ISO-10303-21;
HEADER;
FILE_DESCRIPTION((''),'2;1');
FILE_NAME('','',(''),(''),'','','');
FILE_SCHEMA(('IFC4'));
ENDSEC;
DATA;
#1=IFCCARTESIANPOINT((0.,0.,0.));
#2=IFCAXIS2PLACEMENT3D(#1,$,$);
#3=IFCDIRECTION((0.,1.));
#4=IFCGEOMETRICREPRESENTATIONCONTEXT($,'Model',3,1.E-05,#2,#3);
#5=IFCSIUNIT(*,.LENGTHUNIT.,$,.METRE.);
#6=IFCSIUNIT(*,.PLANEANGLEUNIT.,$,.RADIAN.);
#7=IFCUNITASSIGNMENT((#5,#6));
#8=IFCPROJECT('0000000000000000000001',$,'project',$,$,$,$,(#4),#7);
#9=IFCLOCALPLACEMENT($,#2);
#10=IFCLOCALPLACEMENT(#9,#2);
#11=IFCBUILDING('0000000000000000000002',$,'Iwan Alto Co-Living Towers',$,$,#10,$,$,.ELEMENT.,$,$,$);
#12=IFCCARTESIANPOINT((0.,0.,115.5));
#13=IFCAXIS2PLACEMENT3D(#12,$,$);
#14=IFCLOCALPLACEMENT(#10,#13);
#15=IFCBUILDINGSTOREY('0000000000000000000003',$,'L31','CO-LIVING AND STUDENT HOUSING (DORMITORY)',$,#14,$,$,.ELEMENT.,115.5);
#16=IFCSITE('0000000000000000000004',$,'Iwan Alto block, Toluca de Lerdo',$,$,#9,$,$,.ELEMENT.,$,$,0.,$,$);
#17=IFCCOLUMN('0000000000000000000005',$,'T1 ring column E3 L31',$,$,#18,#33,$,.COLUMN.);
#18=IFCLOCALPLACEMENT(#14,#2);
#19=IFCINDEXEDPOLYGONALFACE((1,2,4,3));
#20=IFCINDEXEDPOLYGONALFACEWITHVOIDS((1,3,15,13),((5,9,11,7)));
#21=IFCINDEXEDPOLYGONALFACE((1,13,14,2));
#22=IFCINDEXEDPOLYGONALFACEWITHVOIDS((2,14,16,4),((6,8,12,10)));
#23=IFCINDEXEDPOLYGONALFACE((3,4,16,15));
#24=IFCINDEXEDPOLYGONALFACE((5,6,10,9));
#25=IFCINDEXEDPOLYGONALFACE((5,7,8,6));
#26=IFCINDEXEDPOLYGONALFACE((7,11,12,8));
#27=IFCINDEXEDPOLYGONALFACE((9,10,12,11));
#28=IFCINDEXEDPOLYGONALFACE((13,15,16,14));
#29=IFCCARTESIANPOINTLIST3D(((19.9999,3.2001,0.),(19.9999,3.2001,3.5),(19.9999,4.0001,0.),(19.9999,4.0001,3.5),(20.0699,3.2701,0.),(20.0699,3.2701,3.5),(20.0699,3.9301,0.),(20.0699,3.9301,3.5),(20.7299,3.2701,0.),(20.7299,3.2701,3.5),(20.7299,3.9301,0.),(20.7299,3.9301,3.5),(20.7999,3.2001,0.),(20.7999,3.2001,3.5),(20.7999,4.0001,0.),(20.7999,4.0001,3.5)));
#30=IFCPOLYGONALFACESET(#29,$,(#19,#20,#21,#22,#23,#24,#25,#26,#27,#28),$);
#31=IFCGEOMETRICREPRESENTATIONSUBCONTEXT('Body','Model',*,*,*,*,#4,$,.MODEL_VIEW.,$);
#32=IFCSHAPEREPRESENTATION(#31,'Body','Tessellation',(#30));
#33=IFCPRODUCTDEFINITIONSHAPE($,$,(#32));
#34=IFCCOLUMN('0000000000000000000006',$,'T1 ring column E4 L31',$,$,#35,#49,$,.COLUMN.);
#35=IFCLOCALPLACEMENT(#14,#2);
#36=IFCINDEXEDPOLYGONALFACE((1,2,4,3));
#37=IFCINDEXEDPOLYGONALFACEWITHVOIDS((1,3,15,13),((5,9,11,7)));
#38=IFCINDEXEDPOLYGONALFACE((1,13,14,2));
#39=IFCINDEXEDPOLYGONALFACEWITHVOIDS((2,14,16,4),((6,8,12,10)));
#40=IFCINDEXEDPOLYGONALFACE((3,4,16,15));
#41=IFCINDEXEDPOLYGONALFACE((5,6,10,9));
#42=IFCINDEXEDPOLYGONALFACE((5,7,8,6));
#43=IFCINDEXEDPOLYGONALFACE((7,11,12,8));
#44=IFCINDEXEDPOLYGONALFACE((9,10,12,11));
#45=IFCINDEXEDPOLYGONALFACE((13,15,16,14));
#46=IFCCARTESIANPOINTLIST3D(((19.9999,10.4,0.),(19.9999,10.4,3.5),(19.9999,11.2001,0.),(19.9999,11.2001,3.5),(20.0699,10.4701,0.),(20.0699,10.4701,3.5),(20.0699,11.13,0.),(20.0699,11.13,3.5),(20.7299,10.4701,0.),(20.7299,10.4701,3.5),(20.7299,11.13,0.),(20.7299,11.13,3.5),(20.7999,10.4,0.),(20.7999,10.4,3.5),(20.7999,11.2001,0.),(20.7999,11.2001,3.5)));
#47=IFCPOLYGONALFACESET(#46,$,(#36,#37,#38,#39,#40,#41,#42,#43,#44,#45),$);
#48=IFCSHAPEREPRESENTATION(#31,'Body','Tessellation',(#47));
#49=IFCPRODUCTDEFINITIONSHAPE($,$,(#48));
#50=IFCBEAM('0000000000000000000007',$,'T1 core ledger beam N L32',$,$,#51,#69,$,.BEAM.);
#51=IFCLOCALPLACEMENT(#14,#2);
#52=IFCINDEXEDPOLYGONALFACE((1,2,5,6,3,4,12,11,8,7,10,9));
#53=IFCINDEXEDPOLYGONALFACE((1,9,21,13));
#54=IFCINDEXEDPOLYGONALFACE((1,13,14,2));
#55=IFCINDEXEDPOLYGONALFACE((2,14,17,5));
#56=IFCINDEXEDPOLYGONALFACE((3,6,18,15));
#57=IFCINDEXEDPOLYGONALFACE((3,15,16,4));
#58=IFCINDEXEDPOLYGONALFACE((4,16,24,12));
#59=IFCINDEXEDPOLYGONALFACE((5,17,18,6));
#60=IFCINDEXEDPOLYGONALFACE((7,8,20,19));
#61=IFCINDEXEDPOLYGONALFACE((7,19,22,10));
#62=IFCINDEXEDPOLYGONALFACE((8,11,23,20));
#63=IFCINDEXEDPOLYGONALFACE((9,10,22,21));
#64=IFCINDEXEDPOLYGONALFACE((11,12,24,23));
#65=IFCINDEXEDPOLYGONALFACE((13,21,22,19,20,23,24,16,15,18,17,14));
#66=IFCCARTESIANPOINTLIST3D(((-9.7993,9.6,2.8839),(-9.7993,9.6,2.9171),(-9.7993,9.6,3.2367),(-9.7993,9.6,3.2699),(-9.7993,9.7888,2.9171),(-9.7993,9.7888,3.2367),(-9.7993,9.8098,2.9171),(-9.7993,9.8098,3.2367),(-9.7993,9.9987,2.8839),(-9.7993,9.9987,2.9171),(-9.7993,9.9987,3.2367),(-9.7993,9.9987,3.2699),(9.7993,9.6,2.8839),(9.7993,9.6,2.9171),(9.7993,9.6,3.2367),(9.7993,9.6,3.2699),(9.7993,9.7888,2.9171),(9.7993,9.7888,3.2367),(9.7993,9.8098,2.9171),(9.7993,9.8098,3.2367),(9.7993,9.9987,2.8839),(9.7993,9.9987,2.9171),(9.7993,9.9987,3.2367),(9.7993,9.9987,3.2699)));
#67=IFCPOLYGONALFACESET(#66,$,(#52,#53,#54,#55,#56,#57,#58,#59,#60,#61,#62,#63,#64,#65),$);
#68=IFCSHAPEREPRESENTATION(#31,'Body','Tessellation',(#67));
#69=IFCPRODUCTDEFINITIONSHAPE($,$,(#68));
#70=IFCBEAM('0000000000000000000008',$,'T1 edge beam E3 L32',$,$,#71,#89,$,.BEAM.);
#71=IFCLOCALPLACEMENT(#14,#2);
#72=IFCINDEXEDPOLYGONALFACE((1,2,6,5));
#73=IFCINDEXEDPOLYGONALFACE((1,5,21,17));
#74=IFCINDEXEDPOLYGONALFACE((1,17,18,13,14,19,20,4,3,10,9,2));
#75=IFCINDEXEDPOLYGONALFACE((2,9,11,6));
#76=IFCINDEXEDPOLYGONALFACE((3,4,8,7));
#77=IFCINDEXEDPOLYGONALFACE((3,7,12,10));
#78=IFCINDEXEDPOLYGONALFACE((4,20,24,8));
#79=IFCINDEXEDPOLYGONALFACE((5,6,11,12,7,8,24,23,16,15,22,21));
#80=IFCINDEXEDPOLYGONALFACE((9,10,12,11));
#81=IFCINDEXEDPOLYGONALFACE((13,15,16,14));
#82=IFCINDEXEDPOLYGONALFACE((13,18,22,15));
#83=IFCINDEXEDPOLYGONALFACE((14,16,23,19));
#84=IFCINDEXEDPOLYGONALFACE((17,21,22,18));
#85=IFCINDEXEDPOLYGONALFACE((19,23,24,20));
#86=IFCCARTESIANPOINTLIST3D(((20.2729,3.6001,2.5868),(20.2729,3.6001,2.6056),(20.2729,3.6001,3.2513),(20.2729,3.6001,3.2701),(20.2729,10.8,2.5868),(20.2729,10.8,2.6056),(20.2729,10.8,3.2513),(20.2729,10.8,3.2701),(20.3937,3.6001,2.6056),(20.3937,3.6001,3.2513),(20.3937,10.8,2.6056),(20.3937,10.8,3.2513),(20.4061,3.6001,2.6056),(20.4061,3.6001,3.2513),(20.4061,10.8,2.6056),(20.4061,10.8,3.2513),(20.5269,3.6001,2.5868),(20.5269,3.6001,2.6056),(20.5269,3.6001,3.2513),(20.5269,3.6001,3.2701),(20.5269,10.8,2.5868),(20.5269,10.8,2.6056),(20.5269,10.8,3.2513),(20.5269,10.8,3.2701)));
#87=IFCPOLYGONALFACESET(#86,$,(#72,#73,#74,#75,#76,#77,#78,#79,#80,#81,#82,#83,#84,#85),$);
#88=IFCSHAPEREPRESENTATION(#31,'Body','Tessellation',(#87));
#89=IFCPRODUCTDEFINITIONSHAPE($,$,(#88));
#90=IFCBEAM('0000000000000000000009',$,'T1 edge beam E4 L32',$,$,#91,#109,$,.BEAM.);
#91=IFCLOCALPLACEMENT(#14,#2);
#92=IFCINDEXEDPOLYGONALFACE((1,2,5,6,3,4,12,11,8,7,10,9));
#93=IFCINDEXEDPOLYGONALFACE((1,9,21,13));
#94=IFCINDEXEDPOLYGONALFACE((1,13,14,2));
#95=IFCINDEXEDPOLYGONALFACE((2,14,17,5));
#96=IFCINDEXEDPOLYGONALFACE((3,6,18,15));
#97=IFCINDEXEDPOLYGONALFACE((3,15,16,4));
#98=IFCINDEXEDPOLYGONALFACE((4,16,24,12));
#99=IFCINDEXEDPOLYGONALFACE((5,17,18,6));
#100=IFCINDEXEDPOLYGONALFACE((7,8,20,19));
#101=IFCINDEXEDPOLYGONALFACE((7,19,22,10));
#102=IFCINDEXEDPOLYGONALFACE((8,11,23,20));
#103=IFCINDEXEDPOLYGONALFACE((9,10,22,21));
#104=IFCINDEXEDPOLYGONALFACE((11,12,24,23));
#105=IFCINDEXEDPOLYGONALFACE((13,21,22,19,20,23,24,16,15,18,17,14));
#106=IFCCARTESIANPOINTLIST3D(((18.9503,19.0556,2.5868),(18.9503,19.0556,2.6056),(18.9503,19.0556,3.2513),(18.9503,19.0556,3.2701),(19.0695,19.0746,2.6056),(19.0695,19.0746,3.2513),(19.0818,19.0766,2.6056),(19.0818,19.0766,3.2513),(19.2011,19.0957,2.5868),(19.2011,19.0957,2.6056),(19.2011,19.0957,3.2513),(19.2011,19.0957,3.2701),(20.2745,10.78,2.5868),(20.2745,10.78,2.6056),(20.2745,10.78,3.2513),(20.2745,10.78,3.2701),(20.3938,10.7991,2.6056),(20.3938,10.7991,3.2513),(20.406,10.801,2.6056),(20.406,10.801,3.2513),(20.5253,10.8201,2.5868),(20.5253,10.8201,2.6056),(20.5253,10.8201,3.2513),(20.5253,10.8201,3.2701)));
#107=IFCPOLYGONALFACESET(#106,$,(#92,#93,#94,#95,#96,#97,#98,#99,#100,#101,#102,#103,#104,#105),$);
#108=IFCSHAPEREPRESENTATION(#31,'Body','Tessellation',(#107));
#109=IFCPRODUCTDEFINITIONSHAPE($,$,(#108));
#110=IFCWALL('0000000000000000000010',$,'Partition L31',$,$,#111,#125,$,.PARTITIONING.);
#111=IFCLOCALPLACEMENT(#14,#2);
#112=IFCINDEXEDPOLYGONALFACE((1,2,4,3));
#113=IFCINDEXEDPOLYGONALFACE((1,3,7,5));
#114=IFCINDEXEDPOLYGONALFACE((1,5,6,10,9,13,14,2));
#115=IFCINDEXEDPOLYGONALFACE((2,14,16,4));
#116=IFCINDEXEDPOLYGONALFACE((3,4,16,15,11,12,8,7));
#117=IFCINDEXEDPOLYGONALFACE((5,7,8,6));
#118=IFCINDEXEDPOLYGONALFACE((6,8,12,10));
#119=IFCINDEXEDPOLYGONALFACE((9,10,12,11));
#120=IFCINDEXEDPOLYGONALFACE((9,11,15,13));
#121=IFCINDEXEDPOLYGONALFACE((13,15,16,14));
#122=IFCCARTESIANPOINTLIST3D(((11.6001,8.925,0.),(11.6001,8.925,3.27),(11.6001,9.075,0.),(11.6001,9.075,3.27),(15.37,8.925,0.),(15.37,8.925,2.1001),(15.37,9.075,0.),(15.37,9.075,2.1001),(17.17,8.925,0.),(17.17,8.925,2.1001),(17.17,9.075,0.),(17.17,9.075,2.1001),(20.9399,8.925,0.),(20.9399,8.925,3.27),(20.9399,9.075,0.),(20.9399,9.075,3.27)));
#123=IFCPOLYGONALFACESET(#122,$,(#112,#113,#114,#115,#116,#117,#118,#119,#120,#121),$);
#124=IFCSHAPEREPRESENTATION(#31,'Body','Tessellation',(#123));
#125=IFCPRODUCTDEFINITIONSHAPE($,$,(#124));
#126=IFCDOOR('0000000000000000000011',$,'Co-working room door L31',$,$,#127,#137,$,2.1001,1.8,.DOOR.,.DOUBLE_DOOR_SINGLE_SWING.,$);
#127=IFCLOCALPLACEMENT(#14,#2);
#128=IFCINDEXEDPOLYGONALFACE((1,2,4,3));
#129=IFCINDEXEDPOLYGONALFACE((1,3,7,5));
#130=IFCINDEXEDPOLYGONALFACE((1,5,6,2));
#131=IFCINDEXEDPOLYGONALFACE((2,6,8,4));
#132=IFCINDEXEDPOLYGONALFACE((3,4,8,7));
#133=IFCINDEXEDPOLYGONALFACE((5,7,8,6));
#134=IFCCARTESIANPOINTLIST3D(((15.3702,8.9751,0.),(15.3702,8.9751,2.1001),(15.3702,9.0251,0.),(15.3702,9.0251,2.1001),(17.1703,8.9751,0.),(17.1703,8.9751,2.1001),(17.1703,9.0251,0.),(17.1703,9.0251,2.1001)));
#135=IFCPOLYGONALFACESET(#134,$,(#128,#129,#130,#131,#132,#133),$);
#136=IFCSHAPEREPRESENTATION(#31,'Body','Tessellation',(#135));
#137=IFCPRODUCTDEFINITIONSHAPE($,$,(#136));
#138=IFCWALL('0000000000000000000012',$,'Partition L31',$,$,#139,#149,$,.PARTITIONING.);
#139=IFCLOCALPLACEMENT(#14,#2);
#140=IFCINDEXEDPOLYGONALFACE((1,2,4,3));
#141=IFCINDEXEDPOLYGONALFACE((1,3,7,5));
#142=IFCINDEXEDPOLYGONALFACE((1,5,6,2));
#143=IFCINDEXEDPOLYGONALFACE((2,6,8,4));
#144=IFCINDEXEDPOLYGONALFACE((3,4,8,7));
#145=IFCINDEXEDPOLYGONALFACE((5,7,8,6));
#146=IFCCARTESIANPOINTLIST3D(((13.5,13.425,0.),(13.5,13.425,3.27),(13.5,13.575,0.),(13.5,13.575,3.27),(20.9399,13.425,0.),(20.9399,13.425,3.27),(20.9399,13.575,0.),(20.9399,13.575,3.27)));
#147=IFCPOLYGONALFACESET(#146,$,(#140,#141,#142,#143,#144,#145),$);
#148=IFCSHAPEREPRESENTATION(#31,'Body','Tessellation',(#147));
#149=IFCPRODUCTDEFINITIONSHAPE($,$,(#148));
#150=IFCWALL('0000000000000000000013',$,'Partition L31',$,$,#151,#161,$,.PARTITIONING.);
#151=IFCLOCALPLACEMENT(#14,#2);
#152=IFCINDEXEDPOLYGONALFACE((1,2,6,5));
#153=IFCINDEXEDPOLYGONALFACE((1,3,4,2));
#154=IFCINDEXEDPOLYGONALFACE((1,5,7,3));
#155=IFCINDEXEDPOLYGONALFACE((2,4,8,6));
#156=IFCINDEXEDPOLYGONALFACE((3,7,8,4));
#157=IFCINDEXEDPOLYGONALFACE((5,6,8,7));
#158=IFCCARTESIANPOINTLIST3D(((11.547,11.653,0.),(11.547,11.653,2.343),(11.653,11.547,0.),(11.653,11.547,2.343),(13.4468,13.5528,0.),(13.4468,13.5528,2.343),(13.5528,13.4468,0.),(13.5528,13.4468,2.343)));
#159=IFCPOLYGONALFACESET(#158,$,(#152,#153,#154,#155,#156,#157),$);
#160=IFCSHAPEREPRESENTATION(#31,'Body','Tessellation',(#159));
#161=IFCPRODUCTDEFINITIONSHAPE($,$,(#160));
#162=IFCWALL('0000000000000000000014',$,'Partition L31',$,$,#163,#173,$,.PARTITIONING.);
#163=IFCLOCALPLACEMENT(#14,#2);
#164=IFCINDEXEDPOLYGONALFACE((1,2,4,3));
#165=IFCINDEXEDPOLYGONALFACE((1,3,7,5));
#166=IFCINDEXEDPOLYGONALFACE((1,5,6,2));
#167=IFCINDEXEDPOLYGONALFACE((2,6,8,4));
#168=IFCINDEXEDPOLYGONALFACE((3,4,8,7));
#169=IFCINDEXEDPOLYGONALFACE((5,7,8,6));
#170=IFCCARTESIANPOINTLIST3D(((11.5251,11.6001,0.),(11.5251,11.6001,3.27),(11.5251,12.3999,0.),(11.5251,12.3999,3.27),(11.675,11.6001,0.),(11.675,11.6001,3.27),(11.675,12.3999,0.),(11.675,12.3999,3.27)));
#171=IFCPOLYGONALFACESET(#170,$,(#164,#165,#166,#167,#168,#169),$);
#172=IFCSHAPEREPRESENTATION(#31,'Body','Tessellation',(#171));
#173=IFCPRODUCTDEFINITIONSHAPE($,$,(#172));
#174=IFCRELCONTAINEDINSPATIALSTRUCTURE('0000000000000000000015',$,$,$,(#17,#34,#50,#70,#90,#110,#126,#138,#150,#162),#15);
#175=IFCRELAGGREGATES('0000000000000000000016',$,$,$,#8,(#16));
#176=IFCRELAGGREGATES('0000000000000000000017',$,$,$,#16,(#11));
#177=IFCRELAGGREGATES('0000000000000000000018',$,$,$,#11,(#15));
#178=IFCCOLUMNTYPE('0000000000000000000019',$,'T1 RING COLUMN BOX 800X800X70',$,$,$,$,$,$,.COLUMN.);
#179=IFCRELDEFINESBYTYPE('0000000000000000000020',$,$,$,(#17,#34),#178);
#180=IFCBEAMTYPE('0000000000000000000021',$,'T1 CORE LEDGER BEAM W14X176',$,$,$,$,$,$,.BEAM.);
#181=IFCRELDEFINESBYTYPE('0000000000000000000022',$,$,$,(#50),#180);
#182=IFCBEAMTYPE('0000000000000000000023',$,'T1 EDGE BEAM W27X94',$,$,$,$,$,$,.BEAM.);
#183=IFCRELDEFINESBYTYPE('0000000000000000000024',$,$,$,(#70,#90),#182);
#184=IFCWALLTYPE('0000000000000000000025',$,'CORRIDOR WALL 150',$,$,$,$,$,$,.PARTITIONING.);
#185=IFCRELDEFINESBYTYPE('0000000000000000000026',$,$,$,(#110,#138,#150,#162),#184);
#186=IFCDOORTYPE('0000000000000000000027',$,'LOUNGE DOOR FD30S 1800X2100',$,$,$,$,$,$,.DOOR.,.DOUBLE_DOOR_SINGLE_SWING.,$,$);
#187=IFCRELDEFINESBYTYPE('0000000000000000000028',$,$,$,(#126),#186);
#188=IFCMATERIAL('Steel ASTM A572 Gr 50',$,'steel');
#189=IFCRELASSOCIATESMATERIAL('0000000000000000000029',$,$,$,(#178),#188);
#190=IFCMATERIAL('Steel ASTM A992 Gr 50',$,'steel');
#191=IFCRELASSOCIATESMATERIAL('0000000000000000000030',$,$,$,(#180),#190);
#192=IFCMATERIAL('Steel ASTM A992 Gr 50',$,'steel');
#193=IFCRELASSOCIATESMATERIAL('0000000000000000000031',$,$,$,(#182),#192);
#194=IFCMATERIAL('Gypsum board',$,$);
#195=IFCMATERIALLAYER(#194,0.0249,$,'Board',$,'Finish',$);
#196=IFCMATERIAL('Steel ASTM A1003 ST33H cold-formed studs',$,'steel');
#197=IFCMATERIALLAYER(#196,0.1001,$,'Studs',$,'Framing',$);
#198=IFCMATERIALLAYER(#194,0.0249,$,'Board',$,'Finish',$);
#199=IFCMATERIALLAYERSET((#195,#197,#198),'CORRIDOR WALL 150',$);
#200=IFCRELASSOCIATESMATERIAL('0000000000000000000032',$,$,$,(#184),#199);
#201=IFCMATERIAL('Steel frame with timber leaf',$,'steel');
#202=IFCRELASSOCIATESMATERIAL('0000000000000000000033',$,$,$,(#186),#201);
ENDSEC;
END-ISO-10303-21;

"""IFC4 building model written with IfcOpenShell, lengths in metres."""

from ifc_helpers import new_model, si_unit, direction, frame, frame_2d, origin, origin_2d, place, context, subcontext, project, spatial, rectangle, hollow_rectangle, i_section, extrude, material, layer, layer_set, material_profile, profile_set, type_object, element, fill, save


model = new_model("IFC4")

# Units and contexts
model_context = context("Model", 3, precision=1e-05, world=origin(), true_north=direction((0.0, 1.0)))
body_context = subcontext(model_context, "Body", "Model", "MODEL_VIEW")
ifc_project = project(units=[si_unit("LENGTHUNIT", "METRE"), si_unit("PLANEANGLEUNIT", "RADIAN")], contexts=[model_context])

# Site, building, storey
site_placement = place(None, origin())
site = spatial("IfcSite", under=ifc_project, at=site_placement, Name="Iwan Alto block, Toluca de Lerdo", CompositionType="ELEMENT", RefElevation=0.0)
building_placement = place(site_placement, origin())
building = spatial("IfcBuilding", under=site, at=building_placement, Name="Iwan Alto Co-Living Towers", CompositionType="ELEMENT")
storey_placement = place(building_placement, frame((0.0, 0.0, 115.5)))
storey = spatial("IfcBuildingStorey", under=building, at=storey_placement, Name="L31", Description="CO-LIVING AND STUDENT HOUSING (DORMITORY)", CompositionType="ELEMENT", Elevation=115.5)

# Columns
ifc_material_1 = material(Name="Steel ASTM A572 Gr 50", Category="steel")
ifc_material_profile_1 = material_profile(ifc_material_1, hollow_rectangle(XDim=0.8, YDim=0.8, WallThickness=0.0701, at=origin_2d()), Name="BOX 800X800X70")
ifc_profile_set_1 = profile_set([ifc_material_profile_1], Name="Steel ASTM A572 Gr 50")
column_type = type_object("IfcColumnType", Name="T1 RING COLUMN BOX 800X800X70", PredefinedType="COLUMN", material=ifc_profile_set_1)
for number, where, z_axis, x_axis, name in (
    (1, (20.3999, 3.6001, 0.0), (0.0, 0.0, 1.0), (1.0, 0.0, 0.0), "T1 ring column E3 L31"),
    (2, (20.3999, 10.8, 0.0), (0.0, 0.0, 1.0), (1.0, 0.0, 0.0), "T1 ring column E4 L31"),
):
    element("IfcColumn", number, at=place(storey_placement, frame(where, z_axis=z_axis, x_axis=x_axis)), inside=storey, type_object=column_type, Name=name, PredefinedType="COLUMN", context=body_context, shape_type="SweptSolid", body=[
        extrude(hollow_rectangle(XDim=0.8, YDim=0.8, WallThickness=0.0701, at=origin_2d()), origin(), (0.0, 0.0, 1.0), 3.5),
    ])

# Beams
ifc_material_2 = material(Name="Steel ASTM A992 Gr 50", Category="steel")
ifc_material_profile_2 = material_profile(ifc_material_2, i_section(OverallWidth=0.3987, OverallDepth=0.386, WebThickness=0.021, FlangeThickness=0.0332, at=origin_2d()), Name="W14X176")
ifc_profile_set_2 = profile_set([ifc_material_profile_2], Name="Steel ASTM A992 Gr 50")
beam_type_1 = type_object("IfcBeamType", Name="T1 CORE LEDGER BEAM W14X176", PredefinedType="BEAM", material=ifc_profile_set_2)
beam_1_placement = place(storey_placement, frame((9.7993, 9.7993, 3.0769), z_axis=(-1.0, 0.0, 0.0), x_axis=(0.0, -1.0, 0.0)))
element("IfcBeam", 3, at=beam_1_placement, inside=storey, type_object=beam_type_1, Name="T1 core ledger beam N L32", PredefinedType="BEAM", context=body_context, shape_type="SweptSolid", body=[
    extrude(i_section(OverallWidth=0.3987, OverallDepth=0.386, WebThickness=0.021, FlangeThickness=0.0332, at=origin_2d()), origin(), (0.0, 0.0, 1.0), 19.5986),
])
ifc_material_3 = material(Name="Steel ASTM A992 Gr 50", Category="steel")
ifc_material_profile_3 = material_profile(ifc_material_3, i_section(OverallWidth=0.2539, OverallDepth=0.6833, WebThickness=0.0125, FlangeThickness=0.0188, at=origin_2d()), Name="W27X94")
ifc_profile_set_3 = profile_set([ifc_material_profile_3], Name="Steel ASTM A992 Gr 50")
beam_type_2 = type_object("IfcBeamType", Name="T1 EDGE BEAM W27X94", PredefinedType="BEAM", material=ifc_profile_set_3)
beam_2_placement = place(storey_placement, frame((20.3999, 3.6001, 2.9285), z_axis=(0.0, 1.0, 0.0), x_axis=(-1.0, 0.0, 0.0)))
element("IfcBeam", 4, at=beam_2_placement, inside=storey, type_object=beam_type_2, Name="T1 edge beam E3 L32", PredefinedType="BEAM", context=body_context, shape_type="SweptSolid", body=[
    extrude(i_section(OverallWidth=0.2539, OverallDepth=0.6833, WebThickness=0.0125, FlangeThickness=0.0188, at=origin_2d()), origin(), (0.0, 0.0, 1.0), 7.2),
])
beam_3_placement = place(storey_placement, frame((20.3999, 10.8, 2.9285), z_axis=(-0.158004, 0.987438, 0.0), x_axis=(-0.987438, -0.158004, 0.0)))
element("IfcBeam", 5, at=beam_3_placement, inside=storey, type_object=beam_type_2, Name="T1 edge beam E4 L32", PredefinedType="BEAM", context=body_context, shape_type="SweptSolid", body=[
    extrude(i_section(OverallWidth=0.2539, OverallDepth=0.6833, WebThickness=0.0125, FlangeThickness=0.0188, at=origin_2d()), origin(), (0.0, 0.0, 1.0), 8.3809),
])

# Wall, opening, door
ifc_material_4 = material(Name="Gypsum board")
ifc_layer_1 = layer(ifc_material_4, 0.0249, Name="Board", Category="Finish")
ifc_material_5 = material(Name="Steel ASTM A1003 ST33H cold-formed studs", Category="steel")
ifc_layer_2 = layer(ifc_material_5, 0.1001, Name="Studs", Category="Framing")
ifc_layer_3 = layer(ifc_material_4, 0.0249, Name="Board", Category="Finish")
ifc_layer_set_1 = layer_set([ifc_layer_1, ifc_layer_2, ifc_layer_3], Name="CORRIDOR WALL 150")
wall_type_1 = type_object("IfcWallType", Name="CORRIDOR WALL 150", PredefinedType="PARTITIONING", material=ifc_layer_set_1)
wall_1_placement = place(storey_placement, frame((11.6001, 9.0, 0.0), z_axis=(0.0, 0.0, 1.0), x_axis=(1.0, 0.0, 0.0)))
wall_1 = element("IfcWall", 6, at=wall_1_placement, inside=storey, type_object=wall_type_1, Name="Partition L31", PredefinedType="PARTITIONING", context=body_context, shape_type="SweptSolid", body=[
    extrude(rectangle(XDim=9.3398, YDim=0.1499, at=frame_2d((4.6699, 0.0))), origin(), (0.0, 0.0, 1.0), 3.27),
])
opening_1_placement = place(wall_1_placement, frame((3.77, 0.0, 0.0)))
opening_1 = element("IfcOpeningElement", 7, at=opening_1_placement, cuts=wall_1, PredefinedType="OPENING", context=body_context, shape_type="SweptSolid", body=[
    extrude(rectangle(XDim=1.8, YDim=2.1001, at=frame_2d((0.8999, 1.05))), frame((0.0, 0.085, 0.0), z_axis=(0.0, -1.0, 0.0), x_axis=(1.0, 0.0, 0.0)), (0.0, 0.0, 1.0), 0.1699),
])
ifc_material_6 = material(Name="Steel frame with timber leaf", Category="steel")
door_type_1 = type_object("IfcDoorType", Name="LOUNGE DOOR FD30S 1800X2100", OperationType="DOUBLE_DOOR_SINGLE_SWING", PredefinedType="DOOR", material=ifc_material_6)
door_1_placement = place(opening_1_placement, frame((1.8, 0.0, 0.0), z_axis=(0.0, 0.0, 1.0), x_axis=(-1.0, 0.0, 0.0)))
door_1 = element("IfcDoor", 8, at=door_1_placement, inside=storey, type_object=door_type_1, Name="Co-working room door L31", OperationType="DOUBLE_DOOR_SINGLE_SWING", OverallHeight=2.1001, OverallWidth=1.8, PredefinedType="DOOR", context=body_context, shape_type="SweptSolid", body=[
    extrude(rectangle(XDim=1.8, YDim=2.1001, at=frame_2d((0.8999, 1.05))), frame((0.0, 0.0249, 0.0), z_axis=(0.0, -1.0, 0.0), x_axis=(1.0, 0.0, 0.0)), (0.0, 0.0, 1.0), 0.05),
])
fill(opening_1, door_1)

# Walls
wall_2_placement = place(storey_placement, frame((13.5, 13.5, 0.0), z_axis=(0.0, 0.0, 1.0), x_axis=(1.0, 0.0, 0.0)))
element("IfcWall", 9, at=wall_2_placement, inside=storey, type_object=wall_type_1, Name="Partition L31", PredefinedType="PARTITIONING", context=body_context, shape_type="SweptSolid", body=[
    extrude(rectangle(XDim=7.4399, YDim=0.1499, at=frame_2d((3.72, 0.0))), origin(), (0.0, 0.0, 1.0), 3.27),
])
wall_3_placement = place(storey_placement, frame((11.6001, 11.6001, 0.0), z_axis=(0.0, 0.0, 1.0), x_axis=(0.707107, 0.707107, 0.0)))
element("IfcWall", 10, at=wall_3_placement, inside=storey, type_object=wall_type_1, Name="Partition L31", PredefinedType="PARTITIONING", context=body_context, shape_type="SweptSolid", body=[
    extrude(rectangle(XDim=2.6868, YDim=0.1499, at=frame_2d((1.3433, 0.0))), origin(), (0.0, 0.0, 1.0), 2.343),
])
wall_4_placement = place(storey_placement, frame((11.6001, 11.6001, 0.0), z_axis=(0.0, 0.0, 1.0), x_axis=(0.0, 1.0, 0.0)))
element("IfcWall", 11, at=wall_4_placement, inside=storey, type_object=wall_type_1, Name="Partition L31", PredefinedType="PARTITIONING", context=body_context, shape_type="SweptSolid", body=[
    extrude(rectangle(XDim=0.7998, YDim=0.1499, at=frame_2d((0.3999, 0.0))), origin(), (0.0, 0.0, 1.0), 3.27),
])

save(model, "model.ifc")
